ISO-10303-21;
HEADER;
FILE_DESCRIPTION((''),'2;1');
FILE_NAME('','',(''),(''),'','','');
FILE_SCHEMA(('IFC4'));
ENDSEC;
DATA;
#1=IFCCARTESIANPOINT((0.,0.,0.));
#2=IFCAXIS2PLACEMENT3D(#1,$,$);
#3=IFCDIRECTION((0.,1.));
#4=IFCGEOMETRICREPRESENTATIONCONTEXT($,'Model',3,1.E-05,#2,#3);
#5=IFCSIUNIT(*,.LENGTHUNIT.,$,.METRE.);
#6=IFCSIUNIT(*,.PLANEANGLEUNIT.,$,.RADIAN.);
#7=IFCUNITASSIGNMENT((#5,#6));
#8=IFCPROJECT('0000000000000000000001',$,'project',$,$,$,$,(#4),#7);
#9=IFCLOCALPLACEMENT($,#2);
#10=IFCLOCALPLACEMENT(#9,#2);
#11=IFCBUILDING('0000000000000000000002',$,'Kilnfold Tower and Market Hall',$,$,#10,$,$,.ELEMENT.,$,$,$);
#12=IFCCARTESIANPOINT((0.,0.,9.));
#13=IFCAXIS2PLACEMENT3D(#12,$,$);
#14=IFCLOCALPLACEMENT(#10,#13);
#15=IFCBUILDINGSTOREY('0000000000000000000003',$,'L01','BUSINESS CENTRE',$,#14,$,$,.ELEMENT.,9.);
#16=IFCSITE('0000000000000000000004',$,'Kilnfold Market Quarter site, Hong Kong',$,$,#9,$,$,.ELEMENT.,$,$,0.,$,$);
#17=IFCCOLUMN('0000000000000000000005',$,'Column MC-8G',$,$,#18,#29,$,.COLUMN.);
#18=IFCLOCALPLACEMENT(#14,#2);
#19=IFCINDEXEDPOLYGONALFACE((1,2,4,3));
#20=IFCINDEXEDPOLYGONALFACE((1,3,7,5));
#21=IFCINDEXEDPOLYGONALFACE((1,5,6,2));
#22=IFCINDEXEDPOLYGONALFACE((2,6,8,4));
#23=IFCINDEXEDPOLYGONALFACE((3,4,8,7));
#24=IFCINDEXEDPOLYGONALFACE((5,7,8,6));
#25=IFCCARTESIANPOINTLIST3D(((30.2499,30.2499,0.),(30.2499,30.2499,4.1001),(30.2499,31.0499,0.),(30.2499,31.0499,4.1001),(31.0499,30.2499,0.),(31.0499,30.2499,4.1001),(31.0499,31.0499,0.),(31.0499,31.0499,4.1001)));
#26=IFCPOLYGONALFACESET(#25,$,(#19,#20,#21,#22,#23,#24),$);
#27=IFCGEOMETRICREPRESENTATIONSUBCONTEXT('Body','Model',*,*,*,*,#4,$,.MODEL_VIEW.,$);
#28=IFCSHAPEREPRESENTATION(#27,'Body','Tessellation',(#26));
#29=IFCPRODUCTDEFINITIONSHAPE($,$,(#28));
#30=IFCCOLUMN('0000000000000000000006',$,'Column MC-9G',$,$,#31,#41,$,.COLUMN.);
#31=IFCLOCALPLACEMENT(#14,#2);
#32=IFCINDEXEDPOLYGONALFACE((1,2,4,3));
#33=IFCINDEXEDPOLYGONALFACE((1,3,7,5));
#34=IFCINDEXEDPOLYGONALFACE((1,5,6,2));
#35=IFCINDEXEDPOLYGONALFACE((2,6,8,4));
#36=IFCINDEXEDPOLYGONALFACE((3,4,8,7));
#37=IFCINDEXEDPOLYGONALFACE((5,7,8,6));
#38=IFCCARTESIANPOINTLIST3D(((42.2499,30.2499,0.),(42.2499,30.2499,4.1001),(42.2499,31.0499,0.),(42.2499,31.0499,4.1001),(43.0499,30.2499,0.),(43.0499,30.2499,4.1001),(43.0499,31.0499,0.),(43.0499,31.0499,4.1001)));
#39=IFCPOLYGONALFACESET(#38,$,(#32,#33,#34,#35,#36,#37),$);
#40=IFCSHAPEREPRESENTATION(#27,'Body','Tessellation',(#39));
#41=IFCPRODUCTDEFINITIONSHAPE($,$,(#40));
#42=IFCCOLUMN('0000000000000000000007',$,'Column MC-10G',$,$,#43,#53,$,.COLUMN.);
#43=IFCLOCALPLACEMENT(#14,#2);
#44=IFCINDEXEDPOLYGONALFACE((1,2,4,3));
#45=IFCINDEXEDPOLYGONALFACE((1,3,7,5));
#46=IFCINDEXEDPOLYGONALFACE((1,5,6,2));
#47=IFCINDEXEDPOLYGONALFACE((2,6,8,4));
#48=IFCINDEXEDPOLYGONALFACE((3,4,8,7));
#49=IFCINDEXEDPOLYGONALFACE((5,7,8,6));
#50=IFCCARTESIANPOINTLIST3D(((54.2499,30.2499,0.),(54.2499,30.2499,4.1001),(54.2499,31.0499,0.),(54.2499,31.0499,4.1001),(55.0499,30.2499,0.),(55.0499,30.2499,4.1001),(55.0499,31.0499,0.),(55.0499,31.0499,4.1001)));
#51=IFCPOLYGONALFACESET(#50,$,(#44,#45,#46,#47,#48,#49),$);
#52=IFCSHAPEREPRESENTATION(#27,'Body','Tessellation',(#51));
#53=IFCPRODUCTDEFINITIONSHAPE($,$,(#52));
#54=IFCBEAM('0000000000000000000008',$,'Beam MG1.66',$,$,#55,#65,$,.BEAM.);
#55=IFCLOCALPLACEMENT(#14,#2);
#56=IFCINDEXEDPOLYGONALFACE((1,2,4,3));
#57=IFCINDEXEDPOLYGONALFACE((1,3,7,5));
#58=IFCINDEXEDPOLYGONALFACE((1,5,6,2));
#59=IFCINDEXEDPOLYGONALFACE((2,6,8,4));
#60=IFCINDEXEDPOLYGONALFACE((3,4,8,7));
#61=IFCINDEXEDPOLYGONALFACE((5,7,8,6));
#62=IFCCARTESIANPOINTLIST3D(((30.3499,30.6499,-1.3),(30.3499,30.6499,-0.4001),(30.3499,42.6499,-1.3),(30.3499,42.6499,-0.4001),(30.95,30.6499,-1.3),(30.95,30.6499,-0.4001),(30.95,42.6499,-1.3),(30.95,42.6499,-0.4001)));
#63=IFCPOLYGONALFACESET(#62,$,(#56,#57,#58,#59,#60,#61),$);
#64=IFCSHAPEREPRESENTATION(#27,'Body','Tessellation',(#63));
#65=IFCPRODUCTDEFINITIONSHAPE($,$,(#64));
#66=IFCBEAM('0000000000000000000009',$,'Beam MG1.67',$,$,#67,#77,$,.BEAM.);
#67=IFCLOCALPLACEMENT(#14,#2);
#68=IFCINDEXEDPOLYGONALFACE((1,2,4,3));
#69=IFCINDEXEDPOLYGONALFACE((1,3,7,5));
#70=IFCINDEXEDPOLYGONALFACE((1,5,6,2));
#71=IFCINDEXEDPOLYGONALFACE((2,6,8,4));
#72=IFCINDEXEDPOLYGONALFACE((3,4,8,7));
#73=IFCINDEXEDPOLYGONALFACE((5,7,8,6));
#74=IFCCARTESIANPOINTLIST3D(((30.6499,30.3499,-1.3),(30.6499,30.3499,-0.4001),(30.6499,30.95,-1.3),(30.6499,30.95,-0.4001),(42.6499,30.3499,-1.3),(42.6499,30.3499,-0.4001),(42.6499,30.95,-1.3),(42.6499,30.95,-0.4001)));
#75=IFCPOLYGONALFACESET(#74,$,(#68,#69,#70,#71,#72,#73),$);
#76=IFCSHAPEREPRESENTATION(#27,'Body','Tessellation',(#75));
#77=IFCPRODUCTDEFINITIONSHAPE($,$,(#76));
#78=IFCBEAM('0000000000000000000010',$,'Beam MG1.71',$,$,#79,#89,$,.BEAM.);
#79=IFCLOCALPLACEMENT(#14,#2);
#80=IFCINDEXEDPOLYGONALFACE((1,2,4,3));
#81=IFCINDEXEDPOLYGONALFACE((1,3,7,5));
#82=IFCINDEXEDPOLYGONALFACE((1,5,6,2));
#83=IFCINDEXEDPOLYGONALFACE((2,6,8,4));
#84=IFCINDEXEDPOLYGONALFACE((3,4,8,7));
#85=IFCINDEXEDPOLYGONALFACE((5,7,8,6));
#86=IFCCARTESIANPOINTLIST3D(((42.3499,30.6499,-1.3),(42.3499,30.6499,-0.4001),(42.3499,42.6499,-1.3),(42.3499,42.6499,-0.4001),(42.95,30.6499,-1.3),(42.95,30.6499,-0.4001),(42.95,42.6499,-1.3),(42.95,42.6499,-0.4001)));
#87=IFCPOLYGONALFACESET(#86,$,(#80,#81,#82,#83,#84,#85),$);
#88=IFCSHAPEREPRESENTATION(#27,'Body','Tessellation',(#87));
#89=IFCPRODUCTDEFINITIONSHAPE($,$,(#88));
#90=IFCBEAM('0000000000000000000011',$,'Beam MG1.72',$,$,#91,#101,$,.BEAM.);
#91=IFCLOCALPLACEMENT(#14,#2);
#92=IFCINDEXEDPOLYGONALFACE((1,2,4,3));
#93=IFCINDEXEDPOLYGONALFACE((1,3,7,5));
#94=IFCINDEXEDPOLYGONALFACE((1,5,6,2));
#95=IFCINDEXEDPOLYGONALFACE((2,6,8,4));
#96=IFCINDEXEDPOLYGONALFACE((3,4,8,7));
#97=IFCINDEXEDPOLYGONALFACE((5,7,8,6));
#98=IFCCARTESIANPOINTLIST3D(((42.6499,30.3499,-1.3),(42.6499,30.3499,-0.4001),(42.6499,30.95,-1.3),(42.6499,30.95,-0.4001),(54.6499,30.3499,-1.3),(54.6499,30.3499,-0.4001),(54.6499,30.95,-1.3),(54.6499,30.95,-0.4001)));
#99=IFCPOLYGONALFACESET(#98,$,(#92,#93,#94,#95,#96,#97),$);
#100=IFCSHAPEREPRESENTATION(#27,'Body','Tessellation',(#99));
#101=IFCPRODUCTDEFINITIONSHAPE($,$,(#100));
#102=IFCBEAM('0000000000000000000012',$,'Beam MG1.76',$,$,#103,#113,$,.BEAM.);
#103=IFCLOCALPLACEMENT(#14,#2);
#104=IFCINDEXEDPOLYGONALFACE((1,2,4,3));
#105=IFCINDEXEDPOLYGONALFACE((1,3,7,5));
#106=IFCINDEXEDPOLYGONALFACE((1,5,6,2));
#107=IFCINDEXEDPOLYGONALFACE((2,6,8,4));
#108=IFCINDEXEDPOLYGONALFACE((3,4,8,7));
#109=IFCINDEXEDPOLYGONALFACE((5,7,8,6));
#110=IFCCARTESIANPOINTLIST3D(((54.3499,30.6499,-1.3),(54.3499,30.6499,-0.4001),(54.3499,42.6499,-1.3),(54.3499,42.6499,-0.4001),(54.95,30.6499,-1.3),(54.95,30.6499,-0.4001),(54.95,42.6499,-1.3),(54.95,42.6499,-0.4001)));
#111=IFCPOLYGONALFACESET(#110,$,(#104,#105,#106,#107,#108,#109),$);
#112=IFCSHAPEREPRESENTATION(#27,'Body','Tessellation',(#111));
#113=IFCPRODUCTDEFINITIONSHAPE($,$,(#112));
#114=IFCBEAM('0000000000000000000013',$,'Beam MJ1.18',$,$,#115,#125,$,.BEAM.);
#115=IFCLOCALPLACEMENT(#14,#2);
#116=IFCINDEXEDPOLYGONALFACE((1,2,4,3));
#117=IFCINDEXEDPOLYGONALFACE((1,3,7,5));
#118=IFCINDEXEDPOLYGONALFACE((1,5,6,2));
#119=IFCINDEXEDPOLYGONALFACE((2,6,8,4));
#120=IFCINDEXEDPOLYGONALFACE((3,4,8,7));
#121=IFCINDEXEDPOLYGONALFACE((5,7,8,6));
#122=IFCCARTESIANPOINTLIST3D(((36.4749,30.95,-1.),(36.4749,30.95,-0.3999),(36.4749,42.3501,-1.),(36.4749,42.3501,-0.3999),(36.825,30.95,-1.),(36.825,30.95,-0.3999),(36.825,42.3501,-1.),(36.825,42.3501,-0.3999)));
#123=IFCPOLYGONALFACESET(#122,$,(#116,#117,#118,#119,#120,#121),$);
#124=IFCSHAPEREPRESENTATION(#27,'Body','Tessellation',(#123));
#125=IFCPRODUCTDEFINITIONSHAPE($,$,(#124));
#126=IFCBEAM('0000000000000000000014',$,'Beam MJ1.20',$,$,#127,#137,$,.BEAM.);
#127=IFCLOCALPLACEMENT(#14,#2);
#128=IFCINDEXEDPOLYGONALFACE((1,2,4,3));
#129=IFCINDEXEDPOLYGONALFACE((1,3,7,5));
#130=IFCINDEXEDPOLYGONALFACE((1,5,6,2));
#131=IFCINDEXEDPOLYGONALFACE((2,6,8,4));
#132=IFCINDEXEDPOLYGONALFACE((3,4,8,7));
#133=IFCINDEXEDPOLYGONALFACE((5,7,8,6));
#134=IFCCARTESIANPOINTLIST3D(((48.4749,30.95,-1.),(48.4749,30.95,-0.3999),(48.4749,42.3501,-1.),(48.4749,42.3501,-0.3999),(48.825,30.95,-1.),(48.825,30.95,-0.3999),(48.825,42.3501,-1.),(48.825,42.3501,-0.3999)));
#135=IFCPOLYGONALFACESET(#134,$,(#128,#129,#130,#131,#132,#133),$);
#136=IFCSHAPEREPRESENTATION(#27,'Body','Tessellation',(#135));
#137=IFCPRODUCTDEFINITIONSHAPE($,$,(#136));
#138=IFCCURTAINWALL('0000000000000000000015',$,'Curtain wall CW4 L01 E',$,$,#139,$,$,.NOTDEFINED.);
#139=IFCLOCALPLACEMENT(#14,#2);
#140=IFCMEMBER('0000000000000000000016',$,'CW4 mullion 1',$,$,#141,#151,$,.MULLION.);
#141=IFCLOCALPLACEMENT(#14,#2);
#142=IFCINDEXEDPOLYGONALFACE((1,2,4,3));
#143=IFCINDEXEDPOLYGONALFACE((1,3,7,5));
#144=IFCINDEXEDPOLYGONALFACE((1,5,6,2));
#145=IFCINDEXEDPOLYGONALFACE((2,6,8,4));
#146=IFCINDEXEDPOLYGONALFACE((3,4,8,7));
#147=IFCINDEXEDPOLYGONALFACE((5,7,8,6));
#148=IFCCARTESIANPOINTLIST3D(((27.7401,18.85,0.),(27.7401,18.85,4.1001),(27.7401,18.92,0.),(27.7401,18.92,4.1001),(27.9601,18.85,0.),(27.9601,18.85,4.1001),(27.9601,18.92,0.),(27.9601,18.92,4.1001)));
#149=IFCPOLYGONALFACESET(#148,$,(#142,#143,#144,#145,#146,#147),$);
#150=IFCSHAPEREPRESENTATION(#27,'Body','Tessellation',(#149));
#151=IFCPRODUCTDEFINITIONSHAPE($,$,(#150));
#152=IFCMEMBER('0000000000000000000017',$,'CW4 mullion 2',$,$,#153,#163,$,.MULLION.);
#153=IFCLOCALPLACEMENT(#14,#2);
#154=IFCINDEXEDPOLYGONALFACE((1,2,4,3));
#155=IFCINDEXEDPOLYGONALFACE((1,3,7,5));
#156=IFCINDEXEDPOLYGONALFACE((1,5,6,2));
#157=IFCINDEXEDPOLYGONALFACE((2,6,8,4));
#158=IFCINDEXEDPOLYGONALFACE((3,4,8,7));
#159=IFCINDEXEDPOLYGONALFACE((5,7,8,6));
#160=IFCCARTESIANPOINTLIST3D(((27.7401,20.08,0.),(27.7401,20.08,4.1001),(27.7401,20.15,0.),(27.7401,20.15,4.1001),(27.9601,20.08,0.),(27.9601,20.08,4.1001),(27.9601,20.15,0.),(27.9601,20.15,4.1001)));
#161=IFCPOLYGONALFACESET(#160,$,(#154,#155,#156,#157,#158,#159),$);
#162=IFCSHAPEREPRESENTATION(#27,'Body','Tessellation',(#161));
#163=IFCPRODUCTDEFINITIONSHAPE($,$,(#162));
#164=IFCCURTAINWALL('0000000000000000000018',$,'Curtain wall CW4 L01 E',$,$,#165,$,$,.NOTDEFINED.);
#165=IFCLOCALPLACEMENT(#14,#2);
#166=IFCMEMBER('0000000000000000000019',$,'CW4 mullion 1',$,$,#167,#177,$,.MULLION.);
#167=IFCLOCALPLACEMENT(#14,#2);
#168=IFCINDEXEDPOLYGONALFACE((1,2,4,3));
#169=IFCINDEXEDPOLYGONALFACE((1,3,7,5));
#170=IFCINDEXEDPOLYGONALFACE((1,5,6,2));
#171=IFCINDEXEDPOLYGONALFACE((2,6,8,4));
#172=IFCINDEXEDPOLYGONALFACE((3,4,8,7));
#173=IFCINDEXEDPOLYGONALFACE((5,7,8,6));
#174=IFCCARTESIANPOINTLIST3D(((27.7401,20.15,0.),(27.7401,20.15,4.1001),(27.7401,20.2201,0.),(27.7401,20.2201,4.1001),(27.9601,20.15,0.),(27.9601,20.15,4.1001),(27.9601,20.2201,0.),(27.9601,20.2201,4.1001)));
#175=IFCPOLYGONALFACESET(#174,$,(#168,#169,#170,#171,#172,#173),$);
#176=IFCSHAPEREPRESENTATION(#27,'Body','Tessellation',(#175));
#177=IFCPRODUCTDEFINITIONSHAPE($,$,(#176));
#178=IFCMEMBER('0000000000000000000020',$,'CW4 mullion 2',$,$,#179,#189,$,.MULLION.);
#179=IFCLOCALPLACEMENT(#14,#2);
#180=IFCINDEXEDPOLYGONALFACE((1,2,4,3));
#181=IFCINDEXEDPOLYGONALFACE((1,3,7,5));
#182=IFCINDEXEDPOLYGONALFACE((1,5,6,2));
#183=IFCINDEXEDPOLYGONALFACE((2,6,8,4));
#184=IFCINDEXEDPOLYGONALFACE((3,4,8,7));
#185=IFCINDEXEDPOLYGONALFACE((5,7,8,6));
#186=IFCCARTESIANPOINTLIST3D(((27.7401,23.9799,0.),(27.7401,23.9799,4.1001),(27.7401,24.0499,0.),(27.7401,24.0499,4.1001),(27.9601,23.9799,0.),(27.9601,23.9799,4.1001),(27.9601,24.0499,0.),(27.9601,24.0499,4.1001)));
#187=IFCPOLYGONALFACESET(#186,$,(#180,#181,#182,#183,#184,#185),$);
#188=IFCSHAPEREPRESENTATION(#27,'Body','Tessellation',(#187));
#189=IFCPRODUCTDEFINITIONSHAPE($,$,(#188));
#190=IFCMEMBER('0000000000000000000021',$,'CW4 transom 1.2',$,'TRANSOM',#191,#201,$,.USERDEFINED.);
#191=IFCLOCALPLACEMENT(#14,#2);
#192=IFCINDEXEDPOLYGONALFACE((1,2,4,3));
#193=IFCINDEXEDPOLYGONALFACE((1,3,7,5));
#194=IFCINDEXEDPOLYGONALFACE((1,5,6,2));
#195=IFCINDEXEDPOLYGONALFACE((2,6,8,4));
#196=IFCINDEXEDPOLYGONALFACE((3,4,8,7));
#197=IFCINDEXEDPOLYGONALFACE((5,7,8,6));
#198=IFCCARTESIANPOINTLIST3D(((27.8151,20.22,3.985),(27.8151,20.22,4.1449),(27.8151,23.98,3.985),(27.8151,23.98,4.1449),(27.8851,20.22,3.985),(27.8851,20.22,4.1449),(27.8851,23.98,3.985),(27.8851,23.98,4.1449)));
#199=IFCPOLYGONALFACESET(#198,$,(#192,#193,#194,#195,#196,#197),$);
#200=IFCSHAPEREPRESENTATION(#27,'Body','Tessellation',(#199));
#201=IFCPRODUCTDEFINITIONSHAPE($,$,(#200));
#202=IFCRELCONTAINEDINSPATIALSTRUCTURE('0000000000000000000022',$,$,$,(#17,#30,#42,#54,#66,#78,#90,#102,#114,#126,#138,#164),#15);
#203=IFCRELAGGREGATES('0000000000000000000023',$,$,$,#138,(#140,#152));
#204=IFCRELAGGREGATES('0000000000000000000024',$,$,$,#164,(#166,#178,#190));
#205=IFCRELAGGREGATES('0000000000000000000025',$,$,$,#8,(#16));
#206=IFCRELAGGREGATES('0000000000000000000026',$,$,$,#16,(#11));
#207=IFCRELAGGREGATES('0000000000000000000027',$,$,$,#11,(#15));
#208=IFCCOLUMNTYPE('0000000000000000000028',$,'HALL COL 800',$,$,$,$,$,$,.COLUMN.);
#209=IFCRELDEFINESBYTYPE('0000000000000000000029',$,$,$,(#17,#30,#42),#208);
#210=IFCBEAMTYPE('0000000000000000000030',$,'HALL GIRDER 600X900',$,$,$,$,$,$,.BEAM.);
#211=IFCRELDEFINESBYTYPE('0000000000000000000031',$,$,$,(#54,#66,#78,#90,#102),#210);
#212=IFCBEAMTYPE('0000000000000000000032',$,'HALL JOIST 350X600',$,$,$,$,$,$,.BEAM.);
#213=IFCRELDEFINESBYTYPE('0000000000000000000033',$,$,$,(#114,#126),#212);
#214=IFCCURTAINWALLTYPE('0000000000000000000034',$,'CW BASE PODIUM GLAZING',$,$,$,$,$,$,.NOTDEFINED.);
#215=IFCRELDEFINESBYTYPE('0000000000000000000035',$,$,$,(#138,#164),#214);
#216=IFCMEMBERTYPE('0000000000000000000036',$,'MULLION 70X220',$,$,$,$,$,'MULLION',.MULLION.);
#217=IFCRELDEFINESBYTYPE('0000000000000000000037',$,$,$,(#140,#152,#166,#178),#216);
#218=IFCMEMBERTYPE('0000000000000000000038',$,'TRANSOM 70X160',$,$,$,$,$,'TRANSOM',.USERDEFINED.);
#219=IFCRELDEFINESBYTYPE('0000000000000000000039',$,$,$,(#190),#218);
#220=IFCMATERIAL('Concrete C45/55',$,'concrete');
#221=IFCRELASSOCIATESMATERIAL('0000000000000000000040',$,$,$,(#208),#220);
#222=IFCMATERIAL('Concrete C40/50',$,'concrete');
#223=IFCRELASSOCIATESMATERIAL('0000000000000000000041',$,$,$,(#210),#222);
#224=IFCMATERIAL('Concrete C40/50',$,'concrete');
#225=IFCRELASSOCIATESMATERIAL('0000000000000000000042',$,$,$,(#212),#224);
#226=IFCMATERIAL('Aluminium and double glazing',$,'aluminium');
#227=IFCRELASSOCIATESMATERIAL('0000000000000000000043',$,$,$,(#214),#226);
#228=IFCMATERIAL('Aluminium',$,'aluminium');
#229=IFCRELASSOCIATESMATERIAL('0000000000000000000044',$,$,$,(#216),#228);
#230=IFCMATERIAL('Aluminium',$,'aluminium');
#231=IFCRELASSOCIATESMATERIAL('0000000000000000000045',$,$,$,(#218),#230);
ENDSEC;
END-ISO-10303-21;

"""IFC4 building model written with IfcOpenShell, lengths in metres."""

from ifc_helpers import new_model, si_unit, direction, frame, origin, origin_2d, place, context, subcontext, project, spatial, rectangle, extrude, source, transform, mapped, material, material_profile, profile_set, type_object, element, aggregate, save


model = new_model("IFC4")

# Units and contexts
model_context = context("Model", 3, precision=1e-05, world=origin(), true_north=direction((0.0, 1.0)))
body_context = subcontext(model_context, "Body", "Model", "MODEL_VIEW")
ifc_project = project(units=[si_unit("LENGTHUNIT", "METRE"), si_unit("PLANEANGLEUNIT", "RADIAN")], contexts=[model_context])

# Site, building, storey
site_placement = place(None, origin())
site = spatial("IfcSite", under=ifc_project, at=site_placement, Name="Kilnfold Market Quarter site, Hong Kong", CompositionType="ELEMENT", RefElevation=0.0)
building_placement = place(site_placement, origin())
building = spatial("IfcBuilding", under=site, at=building_placement, Name="Kilnfold Tower and Market Hall", CompositionType="ELEMENT")
storey_placement = place(building_placement, frame((0.0, 0.0, 9.0)))
storey = spatial("IfcBuildingStorey", under=building, at=storey_placement, Name="L01", Description="BUSINESS CENTRE", CompositionType="ELEMENT", Elevation=9.0)

# Columns
ifc_material_1 = material(Name="Concrete C45/55", Category="concrete")
ifc_material_profile_1 = material_profile(ifc_material_1, rectangle(XDim=0.8, YDim=0.8, at=origin_2d()), Name="RC 800x800")
ifc_profile_set_1 = profile_set([ifc_material_profile_1], Name="Concrete C45/55")
column_type = type_object("IfcColumnType", Name="HALL COL 800", PredefinedType="COLUMN", material=ifc_profile_set_1)
shared_shape_1 = source(origin(), body_context, "Body", "SweptSolid", [
    extrude(rectangle(XDim=0.8, YDim=0.8, at=origin_2d()), origin(), (0.0, 0.0, 1.0), 4.1001),
])
for number, where, z_axis, x_axis, name in (
    (1, (30.6499, 30.6499, 0.0), (0.0, 0.0, 1.0), (1.0, 0.0, 0.0), "Column MC-8G"),
    (2, (42.6499, 30.6499, 0.0), (0.0, 0.0, 1.0), (1.0, 0.0, 0.0), "Column MC-9G"),
    (3, (54.6499, 30.6499, 0.0), (0.0, 0.0, 1.0), (1.0, 0.0, 0.0), "Column MC-10G"),
):
    element("IfcColumn", number, at=place(storey_placement, frame(where, z_axis=z_axis, x_axis=x_axis)), inside=storey, type_object=column_type, Name=name, PredefinedType="COLUMN", context=body_context, shape_type="MappedRepresentation", body=[
        mapped(shared_shape_1, transform((0.0, 0.0, 0.0))),
    ])

# Beams
ifc_material_2 = material(Name="Concrete C40/50", Category="concrete")
ifc_material_profile_2 = material_profile(ifc_material_2, rectangle(XDim=0.6001, YDim=0.8999, at=origin_2d()), Name="RC 600x900")
ifc_profile_set_2 = profile_set([ifc_material_profile_2], Name="Concrete C40/50")
beam_type_1 = type_object("IfcBeamType", Name="HALL GIRDER 600X900", PredefinedType="BEAM", material=ifc_profile_set_2)
for number, where, z_axis, x_axis, name in (
    (4, (30.6499, 30.6499, -0.8501), (0.0, 1.0, 0.0), (-1.0, 0.0, 0.0), "Beam MG1.66"),
    (5, (30.6499, 30.6499, -0.8501), (1.0, 0.0, 0.0), (0.0, 1.0, 0.0), "Beam MG1.67"),
    (6, (42.6499, 30.6499, -0.8501), (0.0, 1.0, 0.0), (-1.0, 0.0, 0.0), "Beam MG1.71"),
    (7, (42.6499, 30.6499, -0.8501), (1.0, 0.0, 0.0), (0.0, 1.0, 0.0), "Beam MG1.72"),
    (8, (54.6499, 30.6499, -0.8501), (0.0, 1.0, 0.0), (-1.0, 0.0, 0.0), "Beam MG1.76"),
):
    element("IfcBeam", number, at=place(storey_placement, frame(where, z_axis=z_axis, x_axis=x_axis)), inside=storey, type_object=beam_type_1, Name=name, PredefinedType="BEAM", context=body_context, shape_type="SweptSolid", body=[
        extrude(rectangle(XDim=0.6001, YDim=0.8999, at=origin_2d()), origin(), (0.0, 0.0, 1.0), 12.0),
    ])
ifc_material_3 = material(Name="Concrete C40/50", Category="concrete")
ifc_material_profile_3 = material_profile(ifc_material_3, rectangle(XDim=0.3501, YDim=0.6001, at=origin_2d()), Name="RC 350x600")
ifc_profile_set_3 = profile_set([ifc_material_profile_3], Name="Concrete C40/50")
beam_type_2 = type_object("IfcBeamType", Name="HALL JOIST 350X600", PredefinedType="BEAM", material=ifc_profile_set_3)
for number, where, z_axis, x_axis, name in (
    (9, (36.6499, 30.95, -0.7), (0.0, 1.0, 0.0), (-1.0, 0.0, 0.0), "Beam MJ1.18"),
    (10, (48.6499, 30.95, -0.7), (0.0, 1.0, 0.0), (-1.0, 0.0, 0.0), "Beam MJ1.20"),
):
    element("IfcBeam", number, at=place(storey_placement, frame(where, z_axis=z_axis, x_axis=x_axis)), inside=storey, type_object=beam_type_2, Name=name, PredefinedType="BEAM", context=body_context, shape_type="SweptSolid", body=[
        extrude(rectangle(XDim=0.3501, YDim=0.6001, at=origin_2d()), origin(), (0.0, 0.0, 1.0), 11.4001),
    ])

# Curtain walls, members
ifc_material_4 = material(Name="Aluminium and double glazing", Category="aluminium")
curtain_wall_type = type_object("IfcCurtainWallType", Name="CW BASE PODIUM GLAZING", PredefinedType="NOTDEFINED", material=ifc_material_4)
curtain_wall_1_placement = place(storey_placement, origin())
curtain_wall_1 = element("IfcCurtainWall", 11, at=curtain_wall_1_placement, inside=storey, type_object=curtain_wall_type, Name="Curtain wall CW4 L01 E", PredefinedType="NOTDEFINED")
ifc_material_5 = material(Name="Aluminium", Category="aluminium")
ifc_material_profile_4 = material_profile(ifc_material_5, rectangle(XDim=0.0701, YDim=0.22, at=origin_2d()), Name="MULLION 70x220")
ifc_profile_set_4 = profile_set([ifc_material_profile_4], Name="Aluminium")
member_type_1 = type_object("IfcMemberType", Name="MULLION 70X220", ElementType="MULLION", PredefinedType="MULLION", material=ifc_profile_set_4)
shared_shape_2 = source(origin(), body_context, "Body", "SweptSolid", [
    extrude(rectangle(XDim=0.0701, YDim=0.22, at=origin_2d()), origin(), (0.0, 0.0, 1.0), 4.1001),
])
member_1_placement = place(storey_placement, frame((27.8501, 18.885, 0.0), z_axis=(0.0, 0.0, 1.0), x_axis=(0.0, 1.0, 0.0)))
member_1 = element("IfcMember", 12, at=member_1_placement, type_object=member_type_1, Name="CW4 mullion 1", PredefinedType="MULLION", context=body_context, shape_type="MappedRepresentation", body=[
    mapped(shared_shape_2, transform((0.0, 0.0, 0.0))),
])
member_2_placement = place(storey_placement, frame((27.8501, 20.115, 0.0), z_axis=(0.0, 0.0, 1.0), x_axis=(0.0, 1.0, 0.0)))
member_2 = element("IfcMember", 13, at=member_2_placement, type_object=member_type_1, Name="CW4 mullion 2", PredefinedType="MULLION", context=body_context, shape_type="MappedRepresentation", body=[
    mapped(shared_shape_2, transform((0.0, 0.0, 0.0))),
])
curtain_wall_2_placement = place(storey_placement, origin())
curtain_wall_2 = element("IfcCurtainWall", 14, at=curtain_wall_2_placement, inside=storey, type_object=curtain_wall_type, Name="Curtain wall CW4 L01 E", PredefinedType="NOTDEFINED")
member_3_placement = place(storey_placement, frame((27.8501, 20.1851, 0.0), z_axis=(0.0, 0.0, 1.0), x_axis=(0.0, 1.0, 0.0)))
member_3 = element("IfcMember", 15, at=member_3_placement, type_object=member_type_1, Name="CW4 mullion 1", PredefinedType="MULLION", context=body_context, shape_type="MappedRepresentation", body=[
    mapped(shared_shape_2, transform((0.0, 0.0, 0.0))),
])
member_4_placement = place(storey_placement, frame((27.8501, 24.0149, 0.0), z_axis=(0.0, 0.0, 1.0), x_axis=(0.0, 1.0, 0.0)))
member_4 = element("IfcMember", 16, at=member_4_placement, type_object=member_type_1, Name="CW4 mullion 2", PredefinedType="MULLION", context=body_context, shape_type="MappedRepresentation", body=[
    mapped(shared_shape_2, transform((0.0, 0.0, 0.0))),
])
ifc_material_6 = material(Name="Aluminium", Category="aluminium")
ifc_material_profile_5 = material_profile(ifc_material_6, rectangle(XDim=0.0701, YDim=0.1599, at=origin_2d()), Name="TRANSOM 70x160")
ifc_profile_set_5 = profile_set([ifc_material_profile_5], Name="Aluminium")
member_type_2 = type_object("IfcMemberType", Name="TRANSOM 70X160", ElementType="TRANSOM", PredefinedType="USERDEFINED", material=ifc_profile_set_5)
shared_shape_3 = source(origin(), body_context, "Body", "SweptSolid", [
    extrude(rectangle(XDim=0.0701, YDim=0.1599, at=origin_2d()), origin(), (0.0, 0.0, 1.0), 3.76),
])
member_5_placement = place(storey_placement, frame((27.8501, 20.22, 4.0649), z_axis=(0.0, 1.0, 0.0), x_axis=(-1.0, 0.0, 0.0)))
member_5 = element("IfcMember", 17, at=member_5_placement, type_object=member_type_2, Name="CW4 transom 1.2", ObjectType="TRANSOM", PredefinedType="USERDEFINED", context=body_context, shape_type="MappedRepresentation", body=[
    mapped(shared_shape_3, transform((0.0, 0.0, 0.0))),
])

aggregate(curtain_wall_1, [member_1, member_2])
aggregate(curtain_wall_2, [member_3, member_4, member_5])

save(model, "model.ifc")
